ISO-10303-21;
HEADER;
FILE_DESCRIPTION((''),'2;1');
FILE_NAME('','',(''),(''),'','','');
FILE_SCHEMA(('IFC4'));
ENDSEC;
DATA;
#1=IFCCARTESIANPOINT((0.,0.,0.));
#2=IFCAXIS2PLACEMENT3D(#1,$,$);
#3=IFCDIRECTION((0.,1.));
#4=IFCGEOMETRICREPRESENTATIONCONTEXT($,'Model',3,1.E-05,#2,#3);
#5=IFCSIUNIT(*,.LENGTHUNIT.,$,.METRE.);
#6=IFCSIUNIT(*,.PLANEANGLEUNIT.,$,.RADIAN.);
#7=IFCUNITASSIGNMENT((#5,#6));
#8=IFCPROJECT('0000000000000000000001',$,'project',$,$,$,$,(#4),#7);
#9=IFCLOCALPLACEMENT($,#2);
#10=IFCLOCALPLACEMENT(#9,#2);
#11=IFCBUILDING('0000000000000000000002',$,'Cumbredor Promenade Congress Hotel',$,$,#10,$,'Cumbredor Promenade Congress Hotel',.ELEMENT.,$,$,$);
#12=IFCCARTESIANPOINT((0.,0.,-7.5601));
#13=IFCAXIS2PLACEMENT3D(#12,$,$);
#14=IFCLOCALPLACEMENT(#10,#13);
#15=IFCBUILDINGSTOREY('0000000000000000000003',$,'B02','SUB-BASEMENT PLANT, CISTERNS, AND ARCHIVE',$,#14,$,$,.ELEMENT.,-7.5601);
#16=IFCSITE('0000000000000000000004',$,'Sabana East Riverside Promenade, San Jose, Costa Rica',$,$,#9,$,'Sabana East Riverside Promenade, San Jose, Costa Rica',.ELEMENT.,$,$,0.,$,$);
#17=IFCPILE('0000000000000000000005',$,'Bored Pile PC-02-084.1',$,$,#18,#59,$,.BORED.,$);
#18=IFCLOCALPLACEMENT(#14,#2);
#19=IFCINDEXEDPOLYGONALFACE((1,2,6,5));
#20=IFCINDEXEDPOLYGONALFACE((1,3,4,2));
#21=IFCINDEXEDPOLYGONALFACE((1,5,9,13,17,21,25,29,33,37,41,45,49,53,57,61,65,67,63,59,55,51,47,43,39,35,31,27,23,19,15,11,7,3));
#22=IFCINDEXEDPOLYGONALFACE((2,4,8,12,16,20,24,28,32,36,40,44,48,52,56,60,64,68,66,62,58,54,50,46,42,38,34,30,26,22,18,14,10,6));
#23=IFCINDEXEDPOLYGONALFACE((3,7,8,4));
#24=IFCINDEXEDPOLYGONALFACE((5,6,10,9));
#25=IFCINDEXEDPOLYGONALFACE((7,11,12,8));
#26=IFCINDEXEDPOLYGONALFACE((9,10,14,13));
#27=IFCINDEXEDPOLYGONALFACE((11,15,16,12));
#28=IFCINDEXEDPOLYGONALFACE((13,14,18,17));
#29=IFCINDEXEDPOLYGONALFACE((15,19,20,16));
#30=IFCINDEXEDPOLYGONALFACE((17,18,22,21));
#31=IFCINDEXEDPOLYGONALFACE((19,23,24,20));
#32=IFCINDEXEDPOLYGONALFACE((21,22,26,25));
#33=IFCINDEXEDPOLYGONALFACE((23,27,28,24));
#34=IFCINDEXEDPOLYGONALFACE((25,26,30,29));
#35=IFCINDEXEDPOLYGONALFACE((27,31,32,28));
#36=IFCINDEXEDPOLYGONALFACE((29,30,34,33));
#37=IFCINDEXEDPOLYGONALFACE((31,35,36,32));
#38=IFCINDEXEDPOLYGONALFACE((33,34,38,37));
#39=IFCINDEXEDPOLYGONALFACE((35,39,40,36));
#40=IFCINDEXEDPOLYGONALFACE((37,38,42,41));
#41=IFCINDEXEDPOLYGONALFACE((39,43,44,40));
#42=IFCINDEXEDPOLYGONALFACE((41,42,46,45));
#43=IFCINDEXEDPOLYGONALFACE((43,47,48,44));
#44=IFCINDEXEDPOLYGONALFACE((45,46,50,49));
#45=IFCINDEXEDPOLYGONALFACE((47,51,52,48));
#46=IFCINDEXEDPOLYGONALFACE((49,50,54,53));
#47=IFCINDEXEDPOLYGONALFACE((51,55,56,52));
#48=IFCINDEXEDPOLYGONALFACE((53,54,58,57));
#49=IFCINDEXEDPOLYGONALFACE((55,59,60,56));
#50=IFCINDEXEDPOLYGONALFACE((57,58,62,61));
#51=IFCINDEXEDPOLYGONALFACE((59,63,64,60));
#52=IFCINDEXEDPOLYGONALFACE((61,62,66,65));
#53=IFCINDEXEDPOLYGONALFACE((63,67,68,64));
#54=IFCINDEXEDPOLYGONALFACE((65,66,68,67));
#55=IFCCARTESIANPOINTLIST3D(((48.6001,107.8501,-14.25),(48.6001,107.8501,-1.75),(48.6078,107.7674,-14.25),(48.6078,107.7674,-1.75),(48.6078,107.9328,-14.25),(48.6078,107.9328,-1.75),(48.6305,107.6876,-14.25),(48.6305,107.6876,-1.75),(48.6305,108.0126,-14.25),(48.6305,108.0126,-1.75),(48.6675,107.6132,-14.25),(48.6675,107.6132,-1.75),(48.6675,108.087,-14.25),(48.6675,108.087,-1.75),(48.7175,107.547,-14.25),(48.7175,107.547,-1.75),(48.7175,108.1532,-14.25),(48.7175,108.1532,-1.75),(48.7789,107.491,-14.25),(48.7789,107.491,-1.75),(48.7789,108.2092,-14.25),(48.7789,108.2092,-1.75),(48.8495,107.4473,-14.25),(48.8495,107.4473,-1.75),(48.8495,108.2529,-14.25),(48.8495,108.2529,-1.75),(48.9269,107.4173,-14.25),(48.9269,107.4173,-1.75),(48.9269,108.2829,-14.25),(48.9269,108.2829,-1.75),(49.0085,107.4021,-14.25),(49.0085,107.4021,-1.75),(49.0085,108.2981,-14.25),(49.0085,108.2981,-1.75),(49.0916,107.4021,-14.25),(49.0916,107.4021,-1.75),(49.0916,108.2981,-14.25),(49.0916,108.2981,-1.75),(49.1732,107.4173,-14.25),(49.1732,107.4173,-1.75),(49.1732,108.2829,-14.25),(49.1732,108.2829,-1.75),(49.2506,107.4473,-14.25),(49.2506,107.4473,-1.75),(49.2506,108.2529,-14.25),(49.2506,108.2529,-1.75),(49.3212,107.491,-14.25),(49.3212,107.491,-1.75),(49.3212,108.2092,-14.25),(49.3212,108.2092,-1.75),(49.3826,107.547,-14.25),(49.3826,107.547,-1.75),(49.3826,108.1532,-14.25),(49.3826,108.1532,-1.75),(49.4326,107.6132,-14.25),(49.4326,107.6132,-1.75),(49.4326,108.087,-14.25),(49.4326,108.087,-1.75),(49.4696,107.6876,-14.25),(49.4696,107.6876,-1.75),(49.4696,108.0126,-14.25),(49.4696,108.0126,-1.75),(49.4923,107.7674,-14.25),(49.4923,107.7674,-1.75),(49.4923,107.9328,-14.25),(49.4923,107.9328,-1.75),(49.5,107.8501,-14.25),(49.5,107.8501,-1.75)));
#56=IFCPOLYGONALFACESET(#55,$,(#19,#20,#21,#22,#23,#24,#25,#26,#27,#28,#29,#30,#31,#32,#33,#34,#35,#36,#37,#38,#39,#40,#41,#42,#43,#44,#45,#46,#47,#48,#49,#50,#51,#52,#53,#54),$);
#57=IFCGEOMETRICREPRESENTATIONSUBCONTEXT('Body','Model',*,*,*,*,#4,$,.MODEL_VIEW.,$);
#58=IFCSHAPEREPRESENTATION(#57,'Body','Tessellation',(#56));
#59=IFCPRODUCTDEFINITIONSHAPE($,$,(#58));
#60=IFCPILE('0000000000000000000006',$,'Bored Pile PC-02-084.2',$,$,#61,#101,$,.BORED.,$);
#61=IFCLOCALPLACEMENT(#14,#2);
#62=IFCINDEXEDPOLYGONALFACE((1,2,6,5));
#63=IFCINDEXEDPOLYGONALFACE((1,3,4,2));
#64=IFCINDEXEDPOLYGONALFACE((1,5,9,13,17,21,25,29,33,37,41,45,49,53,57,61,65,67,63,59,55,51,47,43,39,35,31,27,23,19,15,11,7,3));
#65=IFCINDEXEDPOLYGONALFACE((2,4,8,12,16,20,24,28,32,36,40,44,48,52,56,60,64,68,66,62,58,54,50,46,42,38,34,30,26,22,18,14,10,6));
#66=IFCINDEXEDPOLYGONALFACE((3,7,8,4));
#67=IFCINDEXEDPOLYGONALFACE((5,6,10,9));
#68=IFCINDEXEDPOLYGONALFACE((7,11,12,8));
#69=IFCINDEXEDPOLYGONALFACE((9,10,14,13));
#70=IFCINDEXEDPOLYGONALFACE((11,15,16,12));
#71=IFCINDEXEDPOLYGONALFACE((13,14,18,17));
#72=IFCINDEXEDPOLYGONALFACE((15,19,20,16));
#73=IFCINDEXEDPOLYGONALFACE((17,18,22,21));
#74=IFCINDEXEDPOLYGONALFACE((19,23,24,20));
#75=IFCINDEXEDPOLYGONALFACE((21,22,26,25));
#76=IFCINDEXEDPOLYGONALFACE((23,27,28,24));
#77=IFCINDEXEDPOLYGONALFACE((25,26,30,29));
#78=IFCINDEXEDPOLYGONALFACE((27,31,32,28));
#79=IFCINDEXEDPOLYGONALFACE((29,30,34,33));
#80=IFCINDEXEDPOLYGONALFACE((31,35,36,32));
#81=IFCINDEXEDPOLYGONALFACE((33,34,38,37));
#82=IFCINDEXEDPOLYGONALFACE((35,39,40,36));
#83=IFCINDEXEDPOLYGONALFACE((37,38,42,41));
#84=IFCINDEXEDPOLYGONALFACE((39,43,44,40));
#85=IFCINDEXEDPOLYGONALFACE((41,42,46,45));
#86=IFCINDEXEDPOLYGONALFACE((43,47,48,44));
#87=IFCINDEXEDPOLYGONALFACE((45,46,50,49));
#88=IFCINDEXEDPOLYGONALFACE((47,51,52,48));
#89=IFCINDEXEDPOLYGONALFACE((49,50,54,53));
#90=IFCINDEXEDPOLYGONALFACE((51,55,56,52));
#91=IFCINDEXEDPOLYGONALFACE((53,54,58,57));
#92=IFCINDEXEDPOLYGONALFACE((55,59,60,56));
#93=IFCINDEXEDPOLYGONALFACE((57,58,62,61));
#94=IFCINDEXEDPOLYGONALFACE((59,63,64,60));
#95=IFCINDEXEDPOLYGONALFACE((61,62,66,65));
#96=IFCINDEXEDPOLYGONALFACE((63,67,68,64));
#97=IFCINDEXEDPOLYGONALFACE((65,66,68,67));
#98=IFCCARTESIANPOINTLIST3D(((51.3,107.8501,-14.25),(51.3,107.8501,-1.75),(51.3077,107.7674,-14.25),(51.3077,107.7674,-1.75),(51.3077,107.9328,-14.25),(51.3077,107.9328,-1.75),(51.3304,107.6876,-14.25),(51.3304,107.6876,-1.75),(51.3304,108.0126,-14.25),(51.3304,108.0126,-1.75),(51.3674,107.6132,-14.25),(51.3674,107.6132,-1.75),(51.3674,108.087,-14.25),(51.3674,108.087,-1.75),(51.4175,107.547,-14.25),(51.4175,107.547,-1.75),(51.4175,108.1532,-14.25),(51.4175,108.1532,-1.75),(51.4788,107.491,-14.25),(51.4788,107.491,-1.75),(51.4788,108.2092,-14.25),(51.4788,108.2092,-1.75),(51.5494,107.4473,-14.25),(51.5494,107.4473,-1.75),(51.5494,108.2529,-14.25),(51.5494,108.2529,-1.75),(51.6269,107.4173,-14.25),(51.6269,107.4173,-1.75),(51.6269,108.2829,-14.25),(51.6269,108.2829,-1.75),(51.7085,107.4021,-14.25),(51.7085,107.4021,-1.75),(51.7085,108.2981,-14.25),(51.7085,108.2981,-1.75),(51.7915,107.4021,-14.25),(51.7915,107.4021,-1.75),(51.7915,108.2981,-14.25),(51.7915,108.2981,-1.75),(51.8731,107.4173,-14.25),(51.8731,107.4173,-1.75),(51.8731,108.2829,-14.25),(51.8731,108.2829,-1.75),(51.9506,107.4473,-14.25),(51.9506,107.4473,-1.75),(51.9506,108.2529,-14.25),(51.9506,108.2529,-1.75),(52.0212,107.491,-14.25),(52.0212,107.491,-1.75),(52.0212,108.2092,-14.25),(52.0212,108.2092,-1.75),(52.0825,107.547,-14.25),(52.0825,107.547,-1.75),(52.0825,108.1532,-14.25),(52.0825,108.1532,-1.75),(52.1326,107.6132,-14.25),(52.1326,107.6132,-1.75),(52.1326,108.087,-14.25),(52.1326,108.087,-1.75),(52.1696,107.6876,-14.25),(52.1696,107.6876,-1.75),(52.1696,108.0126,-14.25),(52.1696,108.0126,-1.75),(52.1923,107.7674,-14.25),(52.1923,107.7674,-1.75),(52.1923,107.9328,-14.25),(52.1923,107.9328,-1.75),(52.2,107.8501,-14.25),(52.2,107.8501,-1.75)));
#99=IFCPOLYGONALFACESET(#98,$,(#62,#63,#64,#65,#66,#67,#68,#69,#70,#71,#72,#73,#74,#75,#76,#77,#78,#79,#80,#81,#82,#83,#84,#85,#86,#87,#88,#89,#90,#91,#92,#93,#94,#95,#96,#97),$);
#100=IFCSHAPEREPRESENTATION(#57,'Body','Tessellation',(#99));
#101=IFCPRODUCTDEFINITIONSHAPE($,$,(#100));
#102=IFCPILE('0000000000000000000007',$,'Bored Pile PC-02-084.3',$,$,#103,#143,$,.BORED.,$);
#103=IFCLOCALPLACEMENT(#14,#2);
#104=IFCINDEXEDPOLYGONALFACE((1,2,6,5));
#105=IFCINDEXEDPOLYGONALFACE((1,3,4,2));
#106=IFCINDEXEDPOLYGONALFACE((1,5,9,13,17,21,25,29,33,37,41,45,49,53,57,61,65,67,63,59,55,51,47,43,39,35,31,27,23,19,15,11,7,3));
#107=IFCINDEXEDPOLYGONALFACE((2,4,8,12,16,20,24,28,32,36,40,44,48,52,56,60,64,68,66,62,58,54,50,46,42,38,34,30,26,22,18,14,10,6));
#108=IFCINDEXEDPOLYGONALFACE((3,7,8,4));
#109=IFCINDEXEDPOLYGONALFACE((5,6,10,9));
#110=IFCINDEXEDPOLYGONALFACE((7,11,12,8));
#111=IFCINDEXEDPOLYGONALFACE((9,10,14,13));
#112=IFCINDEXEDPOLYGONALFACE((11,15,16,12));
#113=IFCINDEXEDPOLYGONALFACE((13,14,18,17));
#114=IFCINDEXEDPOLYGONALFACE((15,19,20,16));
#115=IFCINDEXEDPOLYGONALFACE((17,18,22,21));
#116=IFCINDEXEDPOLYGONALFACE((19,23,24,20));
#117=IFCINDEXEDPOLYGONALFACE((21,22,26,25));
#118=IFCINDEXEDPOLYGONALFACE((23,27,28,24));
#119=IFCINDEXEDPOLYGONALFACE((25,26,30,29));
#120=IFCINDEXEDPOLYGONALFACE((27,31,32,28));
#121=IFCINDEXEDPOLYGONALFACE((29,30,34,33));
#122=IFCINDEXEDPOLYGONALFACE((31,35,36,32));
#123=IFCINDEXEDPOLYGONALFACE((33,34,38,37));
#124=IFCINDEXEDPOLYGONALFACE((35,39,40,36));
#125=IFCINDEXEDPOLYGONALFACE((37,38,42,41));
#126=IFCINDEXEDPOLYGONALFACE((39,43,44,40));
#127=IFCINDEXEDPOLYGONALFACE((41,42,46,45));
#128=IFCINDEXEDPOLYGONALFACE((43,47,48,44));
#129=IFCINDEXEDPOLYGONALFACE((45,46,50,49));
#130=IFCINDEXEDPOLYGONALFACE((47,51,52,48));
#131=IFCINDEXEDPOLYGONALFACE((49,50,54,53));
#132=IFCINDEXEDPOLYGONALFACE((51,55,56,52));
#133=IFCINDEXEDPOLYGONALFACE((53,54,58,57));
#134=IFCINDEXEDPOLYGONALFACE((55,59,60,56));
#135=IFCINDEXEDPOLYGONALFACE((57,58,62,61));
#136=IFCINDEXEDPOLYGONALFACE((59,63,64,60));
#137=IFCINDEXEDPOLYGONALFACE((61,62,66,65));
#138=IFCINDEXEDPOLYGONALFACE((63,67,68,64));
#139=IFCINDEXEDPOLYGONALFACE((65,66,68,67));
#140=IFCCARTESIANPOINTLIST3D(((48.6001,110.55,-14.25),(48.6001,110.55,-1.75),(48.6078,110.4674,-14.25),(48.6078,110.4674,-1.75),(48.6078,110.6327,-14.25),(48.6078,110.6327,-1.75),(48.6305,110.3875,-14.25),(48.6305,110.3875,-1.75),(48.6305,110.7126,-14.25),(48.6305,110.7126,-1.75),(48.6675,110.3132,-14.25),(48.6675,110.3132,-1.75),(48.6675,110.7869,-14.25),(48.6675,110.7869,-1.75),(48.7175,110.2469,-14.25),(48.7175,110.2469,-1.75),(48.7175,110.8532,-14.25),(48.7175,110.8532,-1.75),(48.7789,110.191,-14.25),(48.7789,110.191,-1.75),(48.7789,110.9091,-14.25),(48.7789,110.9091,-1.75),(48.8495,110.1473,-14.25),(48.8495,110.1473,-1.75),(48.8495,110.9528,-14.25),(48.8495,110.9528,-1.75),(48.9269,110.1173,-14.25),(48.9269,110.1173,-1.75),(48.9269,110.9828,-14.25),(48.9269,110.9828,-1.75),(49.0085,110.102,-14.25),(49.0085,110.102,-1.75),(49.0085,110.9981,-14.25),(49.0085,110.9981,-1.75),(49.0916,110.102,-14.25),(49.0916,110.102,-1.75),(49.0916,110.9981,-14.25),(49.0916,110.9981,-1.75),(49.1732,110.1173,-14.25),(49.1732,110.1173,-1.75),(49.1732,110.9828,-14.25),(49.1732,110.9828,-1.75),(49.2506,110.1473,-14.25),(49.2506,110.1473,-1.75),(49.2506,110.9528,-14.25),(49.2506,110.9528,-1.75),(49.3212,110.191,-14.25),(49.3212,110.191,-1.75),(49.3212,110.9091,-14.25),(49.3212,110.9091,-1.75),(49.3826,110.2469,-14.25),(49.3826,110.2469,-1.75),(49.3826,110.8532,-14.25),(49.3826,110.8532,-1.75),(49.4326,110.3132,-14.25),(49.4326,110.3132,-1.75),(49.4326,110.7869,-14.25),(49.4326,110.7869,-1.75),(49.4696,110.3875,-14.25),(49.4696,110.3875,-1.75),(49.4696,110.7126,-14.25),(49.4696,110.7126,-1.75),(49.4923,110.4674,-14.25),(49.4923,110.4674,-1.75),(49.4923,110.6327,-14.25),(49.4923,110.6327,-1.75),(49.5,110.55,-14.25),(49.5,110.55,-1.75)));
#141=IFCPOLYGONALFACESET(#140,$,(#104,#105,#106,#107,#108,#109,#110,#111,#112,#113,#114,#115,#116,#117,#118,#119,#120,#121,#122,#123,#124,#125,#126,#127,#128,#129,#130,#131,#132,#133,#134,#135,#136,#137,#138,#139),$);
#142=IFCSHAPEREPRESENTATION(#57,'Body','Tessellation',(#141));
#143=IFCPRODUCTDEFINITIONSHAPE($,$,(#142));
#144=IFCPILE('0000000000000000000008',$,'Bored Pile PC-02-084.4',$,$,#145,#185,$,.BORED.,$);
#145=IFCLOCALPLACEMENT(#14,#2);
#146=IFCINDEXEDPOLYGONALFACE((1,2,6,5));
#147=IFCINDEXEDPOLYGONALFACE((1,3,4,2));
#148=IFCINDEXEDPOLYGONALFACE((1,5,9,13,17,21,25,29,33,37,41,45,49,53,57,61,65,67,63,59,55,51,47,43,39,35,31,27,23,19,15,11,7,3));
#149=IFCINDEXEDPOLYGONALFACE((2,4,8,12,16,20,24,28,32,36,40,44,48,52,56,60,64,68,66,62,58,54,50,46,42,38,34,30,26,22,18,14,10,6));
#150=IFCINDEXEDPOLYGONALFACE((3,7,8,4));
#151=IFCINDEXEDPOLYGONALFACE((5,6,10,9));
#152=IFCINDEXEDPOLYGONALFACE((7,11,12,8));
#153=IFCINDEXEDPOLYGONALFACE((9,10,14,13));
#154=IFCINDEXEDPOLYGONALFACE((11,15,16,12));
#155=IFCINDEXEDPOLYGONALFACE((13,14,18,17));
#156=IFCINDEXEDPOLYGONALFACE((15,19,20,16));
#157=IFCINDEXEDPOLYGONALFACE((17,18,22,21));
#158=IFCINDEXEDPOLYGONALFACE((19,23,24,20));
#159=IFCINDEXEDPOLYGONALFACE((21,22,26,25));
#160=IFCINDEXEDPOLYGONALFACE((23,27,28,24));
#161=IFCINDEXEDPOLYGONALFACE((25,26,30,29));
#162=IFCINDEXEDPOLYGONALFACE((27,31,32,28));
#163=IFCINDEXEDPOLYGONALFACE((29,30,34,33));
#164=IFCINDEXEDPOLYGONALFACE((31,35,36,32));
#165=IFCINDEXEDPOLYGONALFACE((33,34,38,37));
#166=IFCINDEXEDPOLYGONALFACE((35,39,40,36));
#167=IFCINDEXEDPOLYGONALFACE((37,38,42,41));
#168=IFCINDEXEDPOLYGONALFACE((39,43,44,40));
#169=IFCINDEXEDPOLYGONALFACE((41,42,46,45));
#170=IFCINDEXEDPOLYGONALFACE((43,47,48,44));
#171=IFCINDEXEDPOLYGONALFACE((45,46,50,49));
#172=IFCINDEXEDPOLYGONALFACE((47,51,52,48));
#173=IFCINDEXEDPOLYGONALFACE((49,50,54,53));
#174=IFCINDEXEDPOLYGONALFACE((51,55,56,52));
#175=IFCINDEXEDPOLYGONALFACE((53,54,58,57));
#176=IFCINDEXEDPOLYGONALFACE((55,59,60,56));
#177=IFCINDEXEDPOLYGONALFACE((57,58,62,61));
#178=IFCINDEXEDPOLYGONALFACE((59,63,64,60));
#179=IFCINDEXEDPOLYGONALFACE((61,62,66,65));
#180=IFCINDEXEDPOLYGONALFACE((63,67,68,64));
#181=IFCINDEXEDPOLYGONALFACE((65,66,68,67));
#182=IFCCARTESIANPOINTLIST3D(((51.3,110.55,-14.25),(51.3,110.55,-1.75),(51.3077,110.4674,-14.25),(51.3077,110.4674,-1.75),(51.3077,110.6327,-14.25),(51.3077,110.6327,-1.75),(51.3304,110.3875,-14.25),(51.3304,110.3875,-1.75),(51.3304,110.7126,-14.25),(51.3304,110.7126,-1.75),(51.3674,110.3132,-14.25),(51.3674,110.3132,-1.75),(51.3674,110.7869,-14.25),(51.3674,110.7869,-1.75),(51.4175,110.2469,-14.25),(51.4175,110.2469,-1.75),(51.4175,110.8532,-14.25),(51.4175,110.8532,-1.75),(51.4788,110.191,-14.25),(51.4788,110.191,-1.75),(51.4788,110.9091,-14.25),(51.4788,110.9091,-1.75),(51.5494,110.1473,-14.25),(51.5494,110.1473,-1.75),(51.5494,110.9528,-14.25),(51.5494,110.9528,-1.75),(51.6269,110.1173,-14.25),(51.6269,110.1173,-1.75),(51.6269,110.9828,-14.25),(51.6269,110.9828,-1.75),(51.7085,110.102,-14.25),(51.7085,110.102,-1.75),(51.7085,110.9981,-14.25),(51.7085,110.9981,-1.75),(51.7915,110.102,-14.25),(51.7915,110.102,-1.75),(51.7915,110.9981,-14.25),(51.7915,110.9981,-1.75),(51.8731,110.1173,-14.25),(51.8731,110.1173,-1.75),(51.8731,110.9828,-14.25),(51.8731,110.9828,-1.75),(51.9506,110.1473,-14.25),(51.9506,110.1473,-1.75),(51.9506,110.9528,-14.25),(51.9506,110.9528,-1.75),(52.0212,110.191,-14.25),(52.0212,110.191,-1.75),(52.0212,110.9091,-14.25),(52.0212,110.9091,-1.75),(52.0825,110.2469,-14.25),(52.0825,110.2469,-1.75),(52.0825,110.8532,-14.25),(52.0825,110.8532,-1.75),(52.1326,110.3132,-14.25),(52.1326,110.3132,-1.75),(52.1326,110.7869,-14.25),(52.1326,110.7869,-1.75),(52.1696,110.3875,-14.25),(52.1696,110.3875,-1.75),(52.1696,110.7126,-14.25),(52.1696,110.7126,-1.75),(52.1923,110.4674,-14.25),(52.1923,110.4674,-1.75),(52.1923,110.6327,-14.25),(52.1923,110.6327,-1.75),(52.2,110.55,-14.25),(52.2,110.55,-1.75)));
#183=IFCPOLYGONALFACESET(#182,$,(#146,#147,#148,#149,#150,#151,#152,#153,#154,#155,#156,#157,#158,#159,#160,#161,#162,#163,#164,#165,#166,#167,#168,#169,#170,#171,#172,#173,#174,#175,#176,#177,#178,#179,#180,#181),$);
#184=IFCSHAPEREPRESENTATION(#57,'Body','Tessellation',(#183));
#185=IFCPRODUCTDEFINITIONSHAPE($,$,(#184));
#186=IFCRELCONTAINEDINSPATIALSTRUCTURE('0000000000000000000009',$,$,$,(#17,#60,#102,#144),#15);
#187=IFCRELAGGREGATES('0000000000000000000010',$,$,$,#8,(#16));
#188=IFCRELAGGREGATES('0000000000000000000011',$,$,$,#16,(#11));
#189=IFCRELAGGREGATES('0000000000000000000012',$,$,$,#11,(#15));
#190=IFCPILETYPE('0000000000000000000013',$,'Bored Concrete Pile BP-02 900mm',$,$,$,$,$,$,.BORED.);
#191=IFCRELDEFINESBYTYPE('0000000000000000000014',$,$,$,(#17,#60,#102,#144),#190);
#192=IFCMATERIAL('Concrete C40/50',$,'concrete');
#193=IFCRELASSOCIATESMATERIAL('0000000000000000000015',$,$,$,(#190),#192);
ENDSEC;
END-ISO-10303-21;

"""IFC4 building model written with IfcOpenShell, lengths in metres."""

from ifc_helpers import new_model, si_unit, direction, frame, origin, origin_2d, place, context, subcontext, project, spatial, circle, extrude, material, material_profile, profile_set, type_object, element, save


model = new_model("IFC4")

# Units and contexts
model_context = context("Model", 3, precision=1e-05, world=origin(), true_north=direction((0.0, 1.0)))
body_context = subcontext(model_context, "Body", "Model", "MODEL_VIEW")
ifc_project = project(units=[si_unit("LENGTHUNIT", "METRE"), si_unit("PLANEANGLEUNIT", "RADIAN")], contexts=[model_context])

# Site, building, storey
site_placement = place(None, origin())
site = spatial("IfcSite", under=ifc_project, at=site_placement, Name="Sabana East Riverside Promenade, San Jose, Costa Rica", LongName="Sabana East Riverside Promenade, San Jose, Costa Rica", CompositionType="ELEMENT", RefElevation=0.0)
building_placement = place(site_placement, origin())
building = spatial("IfcBuilding", under=site, at=building_placement, Name="Cumbredor Promenade Congress Hotel", LongName="Cumbredor Promenade Congress Hotel", CompositionType="ELEMENT")
storey_placement = place(building_placement, frame((0.0, 0.0, -7.5601)))
storey = spatial("IfcBuildingStorey", under=building, at=storey_placement, Name="B02", Description="SUB-BASEMENT PLANT, CISTERNS, AND ARCHIVE", CompositionType="ELEMENT", Elevation=-7.5601)

# Piles
ifc_material_1 = material(Name="Concrete C40/50", Category="concrete")
ifc_material_profile_1 = material_profile(ifc_material_1, circle(Radius=0.45, at=origin_2d()), Name="PILE D900")
ifc_profile_set_1 = profile_set([ifc_material_profile_1], Name="Concrete C40/50")
pile_type = type_object("IfcPileType", Name="Bored Concrete Pile BP-02 900mm", PredefinedType="BORED", material=ifc_profile_set_1)
for number, where, z_axis, x_axis, name in (
    (1, (49.05, 107.8501, -1.75), (0.0, 0.0, -1.0), (1.0, 0.0, 0.0), "Bored Pile PC-02-084.1"),
    (2, (51.75, 107.8501, -1.75), (0.0, 0.0, -1.0), (1.0, 0.0, 0.0), "Bored Pile PC-02-084.2"),
    (3, (49.05, 110.55, -1.75), (0.0, 0.0, -1.0), (1.0, 0.0, 0.0), "Bored Pile PC-02-084.3"),
    (4, (51.75, 110.55, -1.75), (0.0, 0.0, -1.0), (1.0, 0.0, 0.0), "Bored Pile PC-02-084.4"),
):
    element("IfcPile", number, at=place(storey_placement, frame(where, z_axis=z_axis, x_axis=x_axis)), inside=storey, type_object=pile_type, Name=name, PredefinedType="BORED", context=body_context, shape_type="SweptSolid", body=[
        extrude(circle(Radius=0.45, at=origin_2d()), origin(), (0.0, 0.0, 1.0), 12.5),
    ])

save(model, "model.ifc")
